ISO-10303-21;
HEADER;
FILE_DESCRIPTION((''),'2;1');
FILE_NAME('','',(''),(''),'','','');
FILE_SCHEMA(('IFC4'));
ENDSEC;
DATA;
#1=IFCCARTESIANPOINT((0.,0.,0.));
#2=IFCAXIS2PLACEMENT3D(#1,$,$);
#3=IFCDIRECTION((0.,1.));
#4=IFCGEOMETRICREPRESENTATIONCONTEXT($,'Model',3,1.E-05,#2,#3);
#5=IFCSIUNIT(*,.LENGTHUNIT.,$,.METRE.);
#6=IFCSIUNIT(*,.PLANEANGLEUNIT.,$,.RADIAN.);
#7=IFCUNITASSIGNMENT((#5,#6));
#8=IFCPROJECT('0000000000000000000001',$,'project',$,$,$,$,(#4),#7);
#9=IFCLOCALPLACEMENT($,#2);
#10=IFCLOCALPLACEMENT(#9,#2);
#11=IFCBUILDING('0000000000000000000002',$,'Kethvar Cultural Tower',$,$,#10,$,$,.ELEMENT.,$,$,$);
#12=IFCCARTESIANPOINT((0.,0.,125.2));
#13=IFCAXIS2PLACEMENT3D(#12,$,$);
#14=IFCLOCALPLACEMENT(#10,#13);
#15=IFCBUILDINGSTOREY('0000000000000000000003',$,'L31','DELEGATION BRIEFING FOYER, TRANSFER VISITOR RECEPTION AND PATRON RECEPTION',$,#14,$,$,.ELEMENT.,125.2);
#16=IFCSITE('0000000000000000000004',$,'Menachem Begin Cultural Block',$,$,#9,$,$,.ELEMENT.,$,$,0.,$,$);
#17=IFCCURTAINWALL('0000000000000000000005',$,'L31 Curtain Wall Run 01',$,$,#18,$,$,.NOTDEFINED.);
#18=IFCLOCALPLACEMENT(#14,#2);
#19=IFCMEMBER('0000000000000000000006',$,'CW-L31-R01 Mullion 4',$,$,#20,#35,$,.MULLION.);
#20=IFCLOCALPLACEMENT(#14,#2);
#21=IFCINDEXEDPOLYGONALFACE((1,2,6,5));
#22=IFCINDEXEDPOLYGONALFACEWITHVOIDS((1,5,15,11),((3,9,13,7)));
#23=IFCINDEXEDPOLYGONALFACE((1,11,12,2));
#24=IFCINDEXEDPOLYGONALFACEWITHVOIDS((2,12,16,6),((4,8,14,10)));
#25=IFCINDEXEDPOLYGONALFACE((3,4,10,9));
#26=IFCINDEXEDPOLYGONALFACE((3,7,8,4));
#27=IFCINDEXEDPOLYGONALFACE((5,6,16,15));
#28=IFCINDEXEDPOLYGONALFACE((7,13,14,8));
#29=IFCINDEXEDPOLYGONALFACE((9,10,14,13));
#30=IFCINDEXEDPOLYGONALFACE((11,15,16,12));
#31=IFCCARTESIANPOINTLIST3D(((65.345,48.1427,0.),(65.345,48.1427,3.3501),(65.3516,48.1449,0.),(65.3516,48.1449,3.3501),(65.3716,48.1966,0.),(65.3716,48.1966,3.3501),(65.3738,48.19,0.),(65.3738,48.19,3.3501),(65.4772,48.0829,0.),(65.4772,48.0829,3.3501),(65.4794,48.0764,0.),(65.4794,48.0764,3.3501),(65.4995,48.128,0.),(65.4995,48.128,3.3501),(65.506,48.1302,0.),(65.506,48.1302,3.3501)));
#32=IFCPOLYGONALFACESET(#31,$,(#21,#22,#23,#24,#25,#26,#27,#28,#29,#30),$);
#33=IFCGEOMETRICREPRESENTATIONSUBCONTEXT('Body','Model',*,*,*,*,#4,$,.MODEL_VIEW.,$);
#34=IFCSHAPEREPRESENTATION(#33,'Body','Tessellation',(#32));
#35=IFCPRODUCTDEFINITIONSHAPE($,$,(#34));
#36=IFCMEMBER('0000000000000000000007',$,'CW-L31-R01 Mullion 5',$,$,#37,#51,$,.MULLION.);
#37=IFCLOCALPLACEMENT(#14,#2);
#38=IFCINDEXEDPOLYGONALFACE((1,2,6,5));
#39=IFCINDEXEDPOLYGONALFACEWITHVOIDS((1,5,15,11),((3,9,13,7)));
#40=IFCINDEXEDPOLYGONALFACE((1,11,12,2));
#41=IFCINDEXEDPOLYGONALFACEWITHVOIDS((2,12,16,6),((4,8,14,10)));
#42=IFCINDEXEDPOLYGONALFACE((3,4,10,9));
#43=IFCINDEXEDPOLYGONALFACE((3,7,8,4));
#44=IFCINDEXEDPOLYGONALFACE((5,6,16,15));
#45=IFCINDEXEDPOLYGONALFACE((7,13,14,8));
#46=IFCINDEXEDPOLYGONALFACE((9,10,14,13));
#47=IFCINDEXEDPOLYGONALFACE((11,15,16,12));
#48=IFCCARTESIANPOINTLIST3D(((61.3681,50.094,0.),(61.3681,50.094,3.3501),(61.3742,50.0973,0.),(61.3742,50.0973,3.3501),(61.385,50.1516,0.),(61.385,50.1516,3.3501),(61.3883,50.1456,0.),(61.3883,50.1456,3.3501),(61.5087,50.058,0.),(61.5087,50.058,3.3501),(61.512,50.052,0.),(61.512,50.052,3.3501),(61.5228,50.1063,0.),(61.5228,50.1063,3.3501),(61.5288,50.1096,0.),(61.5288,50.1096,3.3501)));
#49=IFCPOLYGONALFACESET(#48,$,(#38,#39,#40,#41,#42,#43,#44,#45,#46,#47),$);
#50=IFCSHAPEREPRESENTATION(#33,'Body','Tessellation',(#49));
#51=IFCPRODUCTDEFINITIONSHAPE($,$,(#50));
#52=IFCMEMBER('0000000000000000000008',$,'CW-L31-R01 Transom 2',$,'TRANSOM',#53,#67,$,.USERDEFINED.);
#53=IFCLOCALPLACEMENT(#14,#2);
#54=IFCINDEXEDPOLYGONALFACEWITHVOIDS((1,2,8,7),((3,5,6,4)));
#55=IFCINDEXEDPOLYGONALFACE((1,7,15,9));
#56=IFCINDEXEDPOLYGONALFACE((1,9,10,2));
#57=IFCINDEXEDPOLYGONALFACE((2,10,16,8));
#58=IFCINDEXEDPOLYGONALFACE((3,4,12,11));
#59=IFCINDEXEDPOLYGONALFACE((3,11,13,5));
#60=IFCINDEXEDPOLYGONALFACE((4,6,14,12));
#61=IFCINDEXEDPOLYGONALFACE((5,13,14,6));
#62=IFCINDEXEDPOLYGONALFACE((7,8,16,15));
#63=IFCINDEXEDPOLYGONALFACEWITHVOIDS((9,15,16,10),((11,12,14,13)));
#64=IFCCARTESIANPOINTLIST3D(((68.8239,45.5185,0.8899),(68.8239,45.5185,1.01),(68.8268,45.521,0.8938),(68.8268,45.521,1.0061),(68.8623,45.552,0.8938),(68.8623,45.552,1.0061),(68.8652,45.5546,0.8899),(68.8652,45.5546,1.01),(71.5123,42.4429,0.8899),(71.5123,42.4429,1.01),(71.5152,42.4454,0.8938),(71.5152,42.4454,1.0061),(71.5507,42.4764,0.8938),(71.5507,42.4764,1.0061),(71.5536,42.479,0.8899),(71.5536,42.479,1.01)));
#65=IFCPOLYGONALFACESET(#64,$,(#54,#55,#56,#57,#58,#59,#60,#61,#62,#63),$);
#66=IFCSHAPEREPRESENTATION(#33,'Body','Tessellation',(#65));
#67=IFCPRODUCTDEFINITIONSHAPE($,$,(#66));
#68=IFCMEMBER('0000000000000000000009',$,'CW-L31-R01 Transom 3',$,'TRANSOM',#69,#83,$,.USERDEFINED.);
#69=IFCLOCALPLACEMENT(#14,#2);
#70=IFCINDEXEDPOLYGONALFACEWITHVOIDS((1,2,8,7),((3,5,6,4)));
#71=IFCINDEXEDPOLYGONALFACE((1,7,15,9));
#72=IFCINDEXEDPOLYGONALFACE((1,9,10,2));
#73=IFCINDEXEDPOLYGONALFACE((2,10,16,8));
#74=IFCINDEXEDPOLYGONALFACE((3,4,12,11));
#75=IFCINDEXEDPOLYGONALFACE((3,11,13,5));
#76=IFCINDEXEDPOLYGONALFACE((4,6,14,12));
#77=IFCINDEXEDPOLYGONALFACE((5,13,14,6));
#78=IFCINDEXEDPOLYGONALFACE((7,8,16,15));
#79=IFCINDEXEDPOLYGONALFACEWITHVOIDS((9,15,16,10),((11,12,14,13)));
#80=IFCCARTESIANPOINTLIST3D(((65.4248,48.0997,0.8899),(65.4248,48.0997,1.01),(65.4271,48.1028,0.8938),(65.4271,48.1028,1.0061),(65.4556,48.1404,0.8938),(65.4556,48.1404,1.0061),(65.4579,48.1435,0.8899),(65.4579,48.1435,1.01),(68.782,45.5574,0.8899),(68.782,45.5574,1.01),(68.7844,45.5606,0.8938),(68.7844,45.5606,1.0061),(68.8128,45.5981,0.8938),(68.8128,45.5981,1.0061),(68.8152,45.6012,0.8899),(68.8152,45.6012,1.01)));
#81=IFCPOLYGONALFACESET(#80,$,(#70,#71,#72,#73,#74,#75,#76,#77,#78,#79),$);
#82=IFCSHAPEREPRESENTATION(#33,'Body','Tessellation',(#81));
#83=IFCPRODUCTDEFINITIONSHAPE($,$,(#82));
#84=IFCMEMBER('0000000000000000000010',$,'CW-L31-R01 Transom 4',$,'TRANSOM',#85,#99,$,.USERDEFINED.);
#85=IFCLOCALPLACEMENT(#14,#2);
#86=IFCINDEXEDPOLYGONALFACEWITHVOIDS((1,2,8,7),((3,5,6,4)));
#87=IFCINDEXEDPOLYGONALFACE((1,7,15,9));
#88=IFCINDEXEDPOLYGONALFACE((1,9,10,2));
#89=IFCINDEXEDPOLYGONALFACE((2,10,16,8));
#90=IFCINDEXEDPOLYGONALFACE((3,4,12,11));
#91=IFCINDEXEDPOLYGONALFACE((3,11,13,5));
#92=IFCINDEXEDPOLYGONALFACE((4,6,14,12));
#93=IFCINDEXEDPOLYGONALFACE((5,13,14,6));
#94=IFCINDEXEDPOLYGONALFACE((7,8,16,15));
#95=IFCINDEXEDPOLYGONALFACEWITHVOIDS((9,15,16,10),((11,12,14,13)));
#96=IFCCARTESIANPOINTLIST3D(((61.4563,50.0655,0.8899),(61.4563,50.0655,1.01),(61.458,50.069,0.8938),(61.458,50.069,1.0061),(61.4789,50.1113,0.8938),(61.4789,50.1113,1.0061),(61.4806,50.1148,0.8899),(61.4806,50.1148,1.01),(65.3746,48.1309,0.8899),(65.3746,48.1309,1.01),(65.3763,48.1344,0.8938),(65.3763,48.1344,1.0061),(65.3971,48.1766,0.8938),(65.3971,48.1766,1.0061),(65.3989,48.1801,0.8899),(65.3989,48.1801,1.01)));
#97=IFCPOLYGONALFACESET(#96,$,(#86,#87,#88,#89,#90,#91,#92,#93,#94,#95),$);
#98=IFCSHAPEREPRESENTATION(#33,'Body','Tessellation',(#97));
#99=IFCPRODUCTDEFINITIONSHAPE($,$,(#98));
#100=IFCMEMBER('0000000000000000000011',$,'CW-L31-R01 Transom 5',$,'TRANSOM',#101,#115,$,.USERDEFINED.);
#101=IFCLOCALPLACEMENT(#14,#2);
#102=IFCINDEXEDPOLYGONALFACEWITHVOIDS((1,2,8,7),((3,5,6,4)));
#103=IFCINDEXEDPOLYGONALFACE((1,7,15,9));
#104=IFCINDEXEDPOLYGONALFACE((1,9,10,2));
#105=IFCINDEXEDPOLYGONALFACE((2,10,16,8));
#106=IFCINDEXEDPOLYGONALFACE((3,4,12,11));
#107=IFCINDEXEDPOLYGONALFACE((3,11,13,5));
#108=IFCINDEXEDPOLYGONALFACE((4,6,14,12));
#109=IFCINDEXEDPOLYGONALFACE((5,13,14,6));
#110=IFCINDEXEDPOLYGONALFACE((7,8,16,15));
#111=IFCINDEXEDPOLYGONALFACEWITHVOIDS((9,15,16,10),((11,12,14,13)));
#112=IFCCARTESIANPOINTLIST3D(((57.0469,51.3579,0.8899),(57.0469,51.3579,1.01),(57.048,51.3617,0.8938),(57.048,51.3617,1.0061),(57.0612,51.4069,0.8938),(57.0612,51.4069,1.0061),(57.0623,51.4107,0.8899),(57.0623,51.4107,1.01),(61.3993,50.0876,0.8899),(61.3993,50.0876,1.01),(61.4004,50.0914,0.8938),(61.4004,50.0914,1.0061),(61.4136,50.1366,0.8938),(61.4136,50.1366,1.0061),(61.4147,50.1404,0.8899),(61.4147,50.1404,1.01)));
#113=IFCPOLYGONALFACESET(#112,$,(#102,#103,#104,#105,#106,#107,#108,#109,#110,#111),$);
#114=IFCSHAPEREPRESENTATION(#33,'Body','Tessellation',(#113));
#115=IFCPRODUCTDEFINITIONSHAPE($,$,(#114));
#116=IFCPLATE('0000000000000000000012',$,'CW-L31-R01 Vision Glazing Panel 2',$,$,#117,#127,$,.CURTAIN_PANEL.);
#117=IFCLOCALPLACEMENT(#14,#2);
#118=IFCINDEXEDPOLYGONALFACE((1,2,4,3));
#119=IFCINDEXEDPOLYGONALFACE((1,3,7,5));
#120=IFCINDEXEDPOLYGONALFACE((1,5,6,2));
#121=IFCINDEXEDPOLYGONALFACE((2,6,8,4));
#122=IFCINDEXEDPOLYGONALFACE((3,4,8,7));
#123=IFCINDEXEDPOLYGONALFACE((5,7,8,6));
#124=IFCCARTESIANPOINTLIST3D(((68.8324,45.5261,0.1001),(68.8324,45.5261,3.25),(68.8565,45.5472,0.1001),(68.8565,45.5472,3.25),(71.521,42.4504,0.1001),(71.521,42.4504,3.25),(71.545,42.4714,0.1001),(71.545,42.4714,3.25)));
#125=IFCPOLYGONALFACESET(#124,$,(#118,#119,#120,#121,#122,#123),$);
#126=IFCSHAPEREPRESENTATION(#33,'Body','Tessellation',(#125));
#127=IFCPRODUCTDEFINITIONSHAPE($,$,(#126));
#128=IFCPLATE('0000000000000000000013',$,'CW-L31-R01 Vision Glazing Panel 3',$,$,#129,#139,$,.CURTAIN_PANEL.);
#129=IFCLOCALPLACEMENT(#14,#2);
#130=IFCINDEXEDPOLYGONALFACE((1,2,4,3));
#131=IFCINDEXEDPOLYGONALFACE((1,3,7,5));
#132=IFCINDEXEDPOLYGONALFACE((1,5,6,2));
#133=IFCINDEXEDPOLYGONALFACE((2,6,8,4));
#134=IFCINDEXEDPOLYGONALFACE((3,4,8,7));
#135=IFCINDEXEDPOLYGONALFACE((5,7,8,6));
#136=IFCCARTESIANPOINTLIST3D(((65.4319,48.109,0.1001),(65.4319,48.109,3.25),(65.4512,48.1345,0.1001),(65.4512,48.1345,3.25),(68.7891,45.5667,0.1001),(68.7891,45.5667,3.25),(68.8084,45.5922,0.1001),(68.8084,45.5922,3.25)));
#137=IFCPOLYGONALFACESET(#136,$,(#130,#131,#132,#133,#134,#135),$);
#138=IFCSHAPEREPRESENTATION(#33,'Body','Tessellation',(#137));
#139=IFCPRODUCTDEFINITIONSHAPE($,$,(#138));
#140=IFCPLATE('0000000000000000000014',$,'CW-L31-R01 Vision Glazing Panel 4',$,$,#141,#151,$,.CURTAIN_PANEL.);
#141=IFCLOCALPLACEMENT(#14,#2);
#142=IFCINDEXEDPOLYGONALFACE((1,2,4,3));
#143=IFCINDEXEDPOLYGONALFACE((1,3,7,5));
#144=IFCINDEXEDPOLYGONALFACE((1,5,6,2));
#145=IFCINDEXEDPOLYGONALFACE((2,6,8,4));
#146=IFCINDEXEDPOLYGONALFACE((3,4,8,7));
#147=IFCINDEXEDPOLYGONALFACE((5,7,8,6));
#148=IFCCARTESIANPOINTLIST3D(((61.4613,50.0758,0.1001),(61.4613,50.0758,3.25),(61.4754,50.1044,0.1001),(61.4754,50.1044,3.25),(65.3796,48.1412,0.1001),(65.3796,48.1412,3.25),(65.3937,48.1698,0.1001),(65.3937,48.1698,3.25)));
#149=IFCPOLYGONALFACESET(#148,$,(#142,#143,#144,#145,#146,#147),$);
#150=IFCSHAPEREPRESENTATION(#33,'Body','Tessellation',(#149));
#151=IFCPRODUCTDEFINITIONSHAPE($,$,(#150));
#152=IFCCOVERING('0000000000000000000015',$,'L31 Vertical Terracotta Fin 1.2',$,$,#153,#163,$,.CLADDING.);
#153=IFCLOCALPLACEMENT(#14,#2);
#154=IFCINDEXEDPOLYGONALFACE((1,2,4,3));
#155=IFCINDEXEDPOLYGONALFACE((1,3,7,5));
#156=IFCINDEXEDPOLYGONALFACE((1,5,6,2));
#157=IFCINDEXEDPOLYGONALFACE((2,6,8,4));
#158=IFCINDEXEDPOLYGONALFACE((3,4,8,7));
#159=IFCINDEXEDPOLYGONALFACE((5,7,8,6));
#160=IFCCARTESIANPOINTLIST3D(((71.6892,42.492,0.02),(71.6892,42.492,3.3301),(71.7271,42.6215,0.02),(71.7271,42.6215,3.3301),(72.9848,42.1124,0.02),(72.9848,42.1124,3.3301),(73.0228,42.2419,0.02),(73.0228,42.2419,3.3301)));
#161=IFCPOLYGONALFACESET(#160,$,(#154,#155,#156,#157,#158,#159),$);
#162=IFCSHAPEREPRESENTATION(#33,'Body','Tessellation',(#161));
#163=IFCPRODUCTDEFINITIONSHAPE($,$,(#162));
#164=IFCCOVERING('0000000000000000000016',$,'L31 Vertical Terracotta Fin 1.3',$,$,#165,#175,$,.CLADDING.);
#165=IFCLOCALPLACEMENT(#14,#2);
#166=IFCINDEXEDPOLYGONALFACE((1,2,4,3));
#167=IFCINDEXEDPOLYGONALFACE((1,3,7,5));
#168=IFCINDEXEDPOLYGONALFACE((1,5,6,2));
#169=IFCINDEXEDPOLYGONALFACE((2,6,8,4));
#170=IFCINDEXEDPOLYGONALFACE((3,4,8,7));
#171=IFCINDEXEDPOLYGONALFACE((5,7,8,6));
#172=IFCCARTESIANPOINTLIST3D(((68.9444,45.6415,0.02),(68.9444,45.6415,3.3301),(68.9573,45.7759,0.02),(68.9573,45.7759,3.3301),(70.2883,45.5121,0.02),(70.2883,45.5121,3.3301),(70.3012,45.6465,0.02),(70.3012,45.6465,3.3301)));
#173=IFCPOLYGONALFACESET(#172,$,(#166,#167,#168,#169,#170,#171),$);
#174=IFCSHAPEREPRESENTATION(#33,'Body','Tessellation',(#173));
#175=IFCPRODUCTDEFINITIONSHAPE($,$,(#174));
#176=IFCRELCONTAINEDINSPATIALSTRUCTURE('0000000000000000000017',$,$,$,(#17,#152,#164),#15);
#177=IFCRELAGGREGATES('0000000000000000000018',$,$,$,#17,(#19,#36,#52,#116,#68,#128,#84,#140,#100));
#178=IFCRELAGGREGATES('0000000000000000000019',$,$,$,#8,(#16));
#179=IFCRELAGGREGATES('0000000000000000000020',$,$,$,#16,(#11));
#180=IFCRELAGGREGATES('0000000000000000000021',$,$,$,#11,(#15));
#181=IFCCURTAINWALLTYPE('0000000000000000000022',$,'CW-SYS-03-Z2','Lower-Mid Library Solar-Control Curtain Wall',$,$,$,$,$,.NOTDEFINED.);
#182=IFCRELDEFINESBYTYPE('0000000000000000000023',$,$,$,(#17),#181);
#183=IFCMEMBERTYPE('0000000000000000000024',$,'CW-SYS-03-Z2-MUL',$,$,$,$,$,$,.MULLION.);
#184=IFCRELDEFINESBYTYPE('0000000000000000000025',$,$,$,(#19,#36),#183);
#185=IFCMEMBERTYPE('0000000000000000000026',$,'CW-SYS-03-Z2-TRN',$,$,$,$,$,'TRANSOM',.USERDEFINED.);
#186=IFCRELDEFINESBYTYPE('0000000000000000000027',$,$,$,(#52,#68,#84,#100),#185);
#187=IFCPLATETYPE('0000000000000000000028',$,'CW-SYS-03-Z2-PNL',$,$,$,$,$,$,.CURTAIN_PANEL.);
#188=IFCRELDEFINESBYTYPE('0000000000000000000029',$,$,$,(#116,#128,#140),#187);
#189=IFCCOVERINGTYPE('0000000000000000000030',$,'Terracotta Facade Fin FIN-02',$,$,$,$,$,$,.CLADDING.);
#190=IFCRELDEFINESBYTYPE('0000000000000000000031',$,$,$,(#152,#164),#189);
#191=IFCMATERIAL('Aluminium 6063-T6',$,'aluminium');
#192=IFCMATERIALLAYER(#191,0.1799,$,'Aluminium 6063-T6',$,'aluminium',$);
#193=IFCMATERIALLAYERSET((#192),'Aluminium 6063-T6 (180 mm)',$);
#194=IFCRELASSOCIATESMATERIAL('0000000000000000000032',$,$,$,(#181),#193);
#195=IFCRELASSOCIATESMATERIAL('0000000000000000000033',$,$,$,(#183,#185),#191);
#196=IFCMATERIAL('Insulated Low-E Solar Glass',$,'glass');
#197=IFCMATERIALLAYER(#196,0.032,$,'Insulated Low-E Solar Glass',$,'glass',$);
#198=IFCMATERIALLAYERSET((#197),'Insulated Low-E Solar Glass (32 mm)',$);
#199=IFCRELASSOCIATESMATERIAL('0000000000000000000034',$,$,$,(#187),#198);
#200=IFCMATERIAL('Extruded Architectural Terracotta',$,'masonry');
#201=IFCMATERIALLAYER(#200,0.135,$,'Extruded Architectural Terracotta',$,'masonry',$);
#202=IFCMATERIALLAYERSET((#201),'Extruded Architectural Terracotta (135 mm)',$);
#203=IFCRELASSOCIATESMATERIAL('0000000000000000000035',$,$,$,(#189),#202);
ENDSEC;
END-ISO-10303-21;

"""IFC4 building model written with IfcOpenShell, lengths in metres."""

from ifc_helpers import new_model, si_unit, direction, frame, origin, origin_2d, place, context, subcontext, project, spatial, rectangle, hollow_rectangle, extrude, source, transform, mapped, material, layer, layer_set, material_profile, profile_set, type_object, element, aggregate, save


model = new_model("IFC4")

# Units and contexts
model_context = context("Model", 3, precision=1e-05, world=origin(), true_north=direction((0.0, 1.0)))
body_context = subcontext(model_context, "Body", "Model", "MODEL_VIEW")
ifc_project = project(units=[si_unit("LENGTHUNIT", "METRE"), si_unit("PLANEANGLEUNIT", "RADIAN")], contexts=[model_context])

# Site, building, storey
site_placement = place(None, origin())
site = spatial("IfcSite", under=ifc_project, at=site_placement, Name="Menachem Begin Cultural Block", CompositionType="ELEMENT", RefElevation=0.0)
building_placement = place(site_placement, origin())
building = spatial("IfcBuilding", under=site, at=building_placement, Name="Kethvar Cultural Tower", CompositionType="ELEMENT")
storey_placement = place(building_placement, frame((0.0, 0.0, 125.2)))
storey = spatial("IfcBuildingStorey", under=building, at=storey_placement, Name="L31", Description="DELEGATION BRIEFING FOYER, TRANSFER VISITOR RECEPTION AND PATRON RECEPTION", CompositionType="ELEMENT", Elevation=125.2)

# Curtain wall, members, plates
ifc_material_1 = material(Name="Aluminium 6063-T6", Category="aluminium")
ifc_layer_1 = layer(ifc_material_1, 0.1799, Name="Aluminium 6063-T6", Category="aluminium")
ifc_layer_set_1 = layer_set([ifc_layer_1], Name="Aluminium 6063-T6 (180 mm)")
curtain_wall_type = type_object("IfcCurtainWallType", Name="CW-SYS-03-Z2", Description="Lower-Mid Library Solar-Control Curtain Wall", PredefinedType="NOTDEFINED", material=ifc_layer_set_1)
curtain_wall_placement = place(storey_placement, origin())
curtain_wall = element("IfcCurtainWall", 1, at=curtain_wall_placement, inside=storey, type_object=curtain_wall_type, Name="L31 Curtain Wall Run 01", PredefinedType="NOTDEFINED")
ifc_material_profile_1 = material_profile(ifc_material_1, hollow_rectangle(XDim=0.0601, YDim=0.1499, WallThickness=0.0049, at=origin_2d()), Name="Aluminium 6063-T6 — RHS150x60x5")
ifc_profile_set_1 = profile_set([ifc_material_profile_1], Name="Aluminium 6063-T6 — RHS150x60x5")
member_type_1 = type_object("IfcMemberType", Name="CW-SYS-03-Z2-MUL", PredefinedType="MULLION", material=ifc_profile_set_1)
shared_shape_1 = source(origin(), body_context, "Body", "SweptSolid", [
    extrude(hollow_rectangle(XDim=0.0601, YDim=0.1499, WallThickness=0.0049, at=origin_2d()), origin(), (0.0, 0.0, 1.0), 3.3501),
])
member_1_placement = place(storey_placement, frame((65.4255, 48.1365, 0.0), z_axis=(0.0, 0.0, 1.0), x_axis=(-0.442711, -0.896664, 0.0)))
member_1 = element("IfcMember", 2, at=member_1_placement, type_object=member_type_1, Name="CW-L31-R01 Mullion 4", PredefinedType="MULLION", context=body_context, shape_type="MappedRepresentation", body=[
    mapped(shared_shape_1, transform((0.0, 0.0, 0.0), scale=1.0)),
])
member_2_placement = place(storey_placement, frame((61.4485, 50.1018, 0.0), z_axis=(0.0, 0.0, 1.0), x_axis=(-0.280181, -0.959947, 0.0)))
member_2 = element("IfcMember", 3, at=member_2_placement, type_object=member_type_1, Name="CW-L31-R01 Mullion 5", PredefinedType="MULLION", context=body_context, shape_type="MappedRepresentation", body=[
    mapped(shared_shape_1, transform((0.0, 0.0, 0.0), scale=1.0)),
])
ifc_material_profile_2 = material_profile(ifc_material_1, hollow_rectangle(XDim=0.0549, YDim=0.1201, WallThickness=0.0039, at=origin_2d()), Name="Aluminium 6063-T6 — RHS120x55x4")
ifc_profile_set_2 = profile_set([ifc_material_profile_2], Name="Aluminium 6063-T6 — RHS120x55x4")
member_type_2 = type_object("IfcMemberType", Name="CW-SYS-03-Z2-TRN", ElementType="TRANSOM", PredefinedType="USERDEFINED", material=ifc_profile_set_2)
shared_shape_2 = source(origin(), body_context, "Body", "SweptSolid", [
    extrude(hollow_rectangle(XDim=0.0549, YDim=0.1201, WallThickness=0.0039, at=origin_2d()), origin(), (0.0, 0.0, 1.0), 4.085),
])
member_3_placement = place(storey_placement, frame((71.533, 42.4609, 0.95), z_axis=(-0.658124, 0.75291, 0.0), x_axis=(-0.75291, -0.658124, 0.0)))
member_3 = element("IfcMember", 4, at=member_3_placement, type_object=member_type_2, Name="CW-L31-R01 Transom 2", ObjectType="TRANSOM", PredefinedType="USERDEFINED", context=body_context, shape_type="MappedRepresentation", body=[
    mapped(shared_shape_2, transform((0.0, 0.0, 0.0), scale=1.0)),
])
shared_shape_3 = source(origin(), body_context, "Body", "SweptSolid", [
    extrude(hollow_rectangle(XDim=0.0549, YDim=0.1201, WallThickness=0.0039, at=origin_2d()), origin(), (0.0, 0.0, 1.0), 4.2112),
])
member_4_placement = place(storey_placement, frame((68.7986, 45.5793, 0.95), z_axis=(-0.797216, 0.603695, 0.0), x_axis=(-0.603695, -0.797216, 0.0)))
member_4 = element("IfcMember", 5, at=member_4_placement, type_object=member_type_2, Name="CW-L31-R01 Transom 3", ObjectType="TRANSOM", PredefinedType="USERDEFINED", context=body_context, shape_type="MappedRepresentation", body=[
    mapped(shared_shape_3, transform((0.0, 0.0, 0.0), scale=1.0)),
])
shared_shape_4 = source(origin(), body_context, "Body", "SweptSolid", [
    extrude(hollow_rectangle(XDim=0.0549, YDim=0.1201, WallThickness=0.0039, at=origin_2d()), origin(), (0.0, 0.0, 1.0), 4.3699),
])
member_5_placement = place(storey_placement, frame((65.3867, 48.1555, 0.95), z_axis=(-0.896662, 0.442716, 0.0), x_axis=(-0.442716, -0.896662, 0.0)))
member_5 = element("IfcMember", 6, at=member_5_placement, type_object=member_type_2, Name="CW-L31-R01 Transom 4", ObjectType="TRANSOM", PredefinedType="USERDEFINED", context=body_context, shape_type="MappedRepresentation", body=[
    mapped(shared_shape_4, transform((0.0, 0.0, 0.0), scale=1.0)),
])
shared_shape_5 = source(origin(), body_context, "Body", "SweptSolid", [
    extrude(hollow_rectangle(XDim=0.0549, YDim=0.1201, WallThickness=0.0039, at=origin_2d()), origin(), (0.0, 0.0, 1.0), 4.5339),
])
member_6_placement = place(storey_placement, frame((61.407, 50.114, 0.95), z_axis=(-0.95995, 0.280172, 0.0), x_axis=(-0.280172, -0.95995, 0.0)))
member_6 = element("IfcMember", 7, at=member_6_placement, type_object=member_type_2, Name="CW-L31-R01 Transom 5", ObjectType="TRANSOM", PredefinedType="USERDEFINED", context=body_context, shape_type="MappedRepresentation", body=[
    mapped(shared_shape_5, transform((0.0, 0.0, 0.0), scale=1.0)),
])
ifc_material_2 = material(Name="Insulated Low-E Solar Glass", Category="glass")
ifc_layer_2 = layer(ifc_material_2, 0.032, Name="Insulated Low-E Solar Glass", Category="glass")
ifc_layer_set_2 = layer_set([ifc_layer_2], Name="Insulated Low-E Solar Glass (32 mm)")
plate_type = type_object("IfcPlateType", Name="CW-SYS-03-Z2-PNL", PredefinedType="CURTAIN_PANEL", material=ifc_layer_set_2)
shared_shape_6 = source(origin(), body_context, "Body", "SweptSolid", [
    extrude(rectangle(XDim=4.0852, YDim=0.032, at=origin_2d()), origin(), (0.0, 0.0, 1.0), 3.1499),
])
plate_1_placement = place(storey_placement, frame((70.1887, 43.9988, 0.1001), z_axis=(0.0, 0.0, 1.0), x_axis=(-0.658125, 0.752909, 0.0)))
plate_1 = element("IfcPlate", 8, at=plate_1_placement, type_object=plate_type, Name="CW-L31-R01 Vision Glazing Panel 2", PredefinedType="CURTAIN_PANEL", context=body_context, shape_type="MappedRepresentation", body=[
    mapped(shared_shape_6, transform((0.0, 0.0, 0.0), scale=1.0)),
])
shared_shape_7 = source(origin(), body_context, "Body", "SweptSolid", [
    extrude(rectangle(XDim=4.2112, YDim=0.032, at=origin_2d()), origin(), (0.0, 0.0, 1.0), 3.1499),
])
plate_2_placement = place(storey_placement, frame((67.1201, 46.8506, 0.1001), z_axis=(0.0, 0.0, 1.0), x_axis=(-0.797205, 0.603709, 0.0)))
plate_2 = element("IfcPlate", 9, at=plate_2_placement, type_object=plate_type, Name="CW-L31-R01 Vision Glazing Panel 3", PredefinedType="CURTAIN_PANEL", context=body_context, shape_type="MappedRepresentation", body=[
    mapped(shared_shape_7, transform((0.0, 0.0, 0.0), scale=1.0)),
])
shared_shape_8 = source(origin(), body_context, "Body", "SweptSolid", [
    extrude(rectangle(XDim=4.3699, YDim=0.032, at=origin_2d()), origin(), (0.0, 0.0, 1.0), 3.1499),
])
plate_3_placement = place(storey_placement, frame((63.4275, 49.1228, 0.1001), z_axis=(0.0, 0.0, 1.0), x_axis=(-0.896664, 0.442711, 0.0)))
plate_3 = element("IfcPlate", 10, at=plate_3_placement, type_object=plate_type, Name="CW-L31-R01 Vision Glazing Panel 4", PredefinedType="CURTAIN_PANEL", context=body_context, shape_type="MappedRepresentation", body=[
    mapped(shared_shape_8, transform((0.0, 0.0, 0.0), scale=1.0)),
])
aggregate(curtain_wall, [member_1, member_2, member_3, plate_1, member_4, plate_2, member_5, plate_3, member_6])

# Coverings
ifc_material_3 = material(Name="Extruded Architectural Terracotta", Category="masonry")
ifc_layer_3 = layer(ifc_material_3, 0.135, Name="Extruded Architectural Terracotta", Category="masonry")
ifc_layer_set_3 = layer_set([ifc_layer_3], Name="Extruded Architectural Terracotta (135 mm)")
covering_type = type_object("IfcCoveringType", Name="Terracotta Facade Fin FIN-02", PredefinedType="CLADDING", material=ifc_layer_set_3)
shared_shape_9 = source(origin(), body_context, "Body", "SweptSolid", [
    extrude(rectangle(XDim=1.3501, YDim=0.135, at=origin_2d()), origin(), (0.0, 0.0, 1.0), 3.3101),
])
for number, where, z_axis, x_axis, name in (
    (11, (72.356, 42.3669, 0.02), (0.0, 0.0, 1.0), (0.959658, -0.281169, 0.0), "L31 Vertical Terracotta Fin 1.2"),
    (12, (69.6228, 45.644, 0.02), (0.0, 0.0, 1.0), (0.995396, -0.095846, 0.0), "L31 Vertical Terracotta Fin 1.3"),
):
    element("IfcCovering", number, at=place(storey_placement, frame(where, z_axis=z_axis, x_axis=x_axis)), inside=storey, type_object=covering_type, Name=name, PredefinedType="CLADDING", context=body_context, shape_type="MappedRepresentation", body=[
        mapped(shared_shape_9, transform((0.0, 0.0, 0.0), scale=1.0)),
    ])

save(model, "model.ifc")
